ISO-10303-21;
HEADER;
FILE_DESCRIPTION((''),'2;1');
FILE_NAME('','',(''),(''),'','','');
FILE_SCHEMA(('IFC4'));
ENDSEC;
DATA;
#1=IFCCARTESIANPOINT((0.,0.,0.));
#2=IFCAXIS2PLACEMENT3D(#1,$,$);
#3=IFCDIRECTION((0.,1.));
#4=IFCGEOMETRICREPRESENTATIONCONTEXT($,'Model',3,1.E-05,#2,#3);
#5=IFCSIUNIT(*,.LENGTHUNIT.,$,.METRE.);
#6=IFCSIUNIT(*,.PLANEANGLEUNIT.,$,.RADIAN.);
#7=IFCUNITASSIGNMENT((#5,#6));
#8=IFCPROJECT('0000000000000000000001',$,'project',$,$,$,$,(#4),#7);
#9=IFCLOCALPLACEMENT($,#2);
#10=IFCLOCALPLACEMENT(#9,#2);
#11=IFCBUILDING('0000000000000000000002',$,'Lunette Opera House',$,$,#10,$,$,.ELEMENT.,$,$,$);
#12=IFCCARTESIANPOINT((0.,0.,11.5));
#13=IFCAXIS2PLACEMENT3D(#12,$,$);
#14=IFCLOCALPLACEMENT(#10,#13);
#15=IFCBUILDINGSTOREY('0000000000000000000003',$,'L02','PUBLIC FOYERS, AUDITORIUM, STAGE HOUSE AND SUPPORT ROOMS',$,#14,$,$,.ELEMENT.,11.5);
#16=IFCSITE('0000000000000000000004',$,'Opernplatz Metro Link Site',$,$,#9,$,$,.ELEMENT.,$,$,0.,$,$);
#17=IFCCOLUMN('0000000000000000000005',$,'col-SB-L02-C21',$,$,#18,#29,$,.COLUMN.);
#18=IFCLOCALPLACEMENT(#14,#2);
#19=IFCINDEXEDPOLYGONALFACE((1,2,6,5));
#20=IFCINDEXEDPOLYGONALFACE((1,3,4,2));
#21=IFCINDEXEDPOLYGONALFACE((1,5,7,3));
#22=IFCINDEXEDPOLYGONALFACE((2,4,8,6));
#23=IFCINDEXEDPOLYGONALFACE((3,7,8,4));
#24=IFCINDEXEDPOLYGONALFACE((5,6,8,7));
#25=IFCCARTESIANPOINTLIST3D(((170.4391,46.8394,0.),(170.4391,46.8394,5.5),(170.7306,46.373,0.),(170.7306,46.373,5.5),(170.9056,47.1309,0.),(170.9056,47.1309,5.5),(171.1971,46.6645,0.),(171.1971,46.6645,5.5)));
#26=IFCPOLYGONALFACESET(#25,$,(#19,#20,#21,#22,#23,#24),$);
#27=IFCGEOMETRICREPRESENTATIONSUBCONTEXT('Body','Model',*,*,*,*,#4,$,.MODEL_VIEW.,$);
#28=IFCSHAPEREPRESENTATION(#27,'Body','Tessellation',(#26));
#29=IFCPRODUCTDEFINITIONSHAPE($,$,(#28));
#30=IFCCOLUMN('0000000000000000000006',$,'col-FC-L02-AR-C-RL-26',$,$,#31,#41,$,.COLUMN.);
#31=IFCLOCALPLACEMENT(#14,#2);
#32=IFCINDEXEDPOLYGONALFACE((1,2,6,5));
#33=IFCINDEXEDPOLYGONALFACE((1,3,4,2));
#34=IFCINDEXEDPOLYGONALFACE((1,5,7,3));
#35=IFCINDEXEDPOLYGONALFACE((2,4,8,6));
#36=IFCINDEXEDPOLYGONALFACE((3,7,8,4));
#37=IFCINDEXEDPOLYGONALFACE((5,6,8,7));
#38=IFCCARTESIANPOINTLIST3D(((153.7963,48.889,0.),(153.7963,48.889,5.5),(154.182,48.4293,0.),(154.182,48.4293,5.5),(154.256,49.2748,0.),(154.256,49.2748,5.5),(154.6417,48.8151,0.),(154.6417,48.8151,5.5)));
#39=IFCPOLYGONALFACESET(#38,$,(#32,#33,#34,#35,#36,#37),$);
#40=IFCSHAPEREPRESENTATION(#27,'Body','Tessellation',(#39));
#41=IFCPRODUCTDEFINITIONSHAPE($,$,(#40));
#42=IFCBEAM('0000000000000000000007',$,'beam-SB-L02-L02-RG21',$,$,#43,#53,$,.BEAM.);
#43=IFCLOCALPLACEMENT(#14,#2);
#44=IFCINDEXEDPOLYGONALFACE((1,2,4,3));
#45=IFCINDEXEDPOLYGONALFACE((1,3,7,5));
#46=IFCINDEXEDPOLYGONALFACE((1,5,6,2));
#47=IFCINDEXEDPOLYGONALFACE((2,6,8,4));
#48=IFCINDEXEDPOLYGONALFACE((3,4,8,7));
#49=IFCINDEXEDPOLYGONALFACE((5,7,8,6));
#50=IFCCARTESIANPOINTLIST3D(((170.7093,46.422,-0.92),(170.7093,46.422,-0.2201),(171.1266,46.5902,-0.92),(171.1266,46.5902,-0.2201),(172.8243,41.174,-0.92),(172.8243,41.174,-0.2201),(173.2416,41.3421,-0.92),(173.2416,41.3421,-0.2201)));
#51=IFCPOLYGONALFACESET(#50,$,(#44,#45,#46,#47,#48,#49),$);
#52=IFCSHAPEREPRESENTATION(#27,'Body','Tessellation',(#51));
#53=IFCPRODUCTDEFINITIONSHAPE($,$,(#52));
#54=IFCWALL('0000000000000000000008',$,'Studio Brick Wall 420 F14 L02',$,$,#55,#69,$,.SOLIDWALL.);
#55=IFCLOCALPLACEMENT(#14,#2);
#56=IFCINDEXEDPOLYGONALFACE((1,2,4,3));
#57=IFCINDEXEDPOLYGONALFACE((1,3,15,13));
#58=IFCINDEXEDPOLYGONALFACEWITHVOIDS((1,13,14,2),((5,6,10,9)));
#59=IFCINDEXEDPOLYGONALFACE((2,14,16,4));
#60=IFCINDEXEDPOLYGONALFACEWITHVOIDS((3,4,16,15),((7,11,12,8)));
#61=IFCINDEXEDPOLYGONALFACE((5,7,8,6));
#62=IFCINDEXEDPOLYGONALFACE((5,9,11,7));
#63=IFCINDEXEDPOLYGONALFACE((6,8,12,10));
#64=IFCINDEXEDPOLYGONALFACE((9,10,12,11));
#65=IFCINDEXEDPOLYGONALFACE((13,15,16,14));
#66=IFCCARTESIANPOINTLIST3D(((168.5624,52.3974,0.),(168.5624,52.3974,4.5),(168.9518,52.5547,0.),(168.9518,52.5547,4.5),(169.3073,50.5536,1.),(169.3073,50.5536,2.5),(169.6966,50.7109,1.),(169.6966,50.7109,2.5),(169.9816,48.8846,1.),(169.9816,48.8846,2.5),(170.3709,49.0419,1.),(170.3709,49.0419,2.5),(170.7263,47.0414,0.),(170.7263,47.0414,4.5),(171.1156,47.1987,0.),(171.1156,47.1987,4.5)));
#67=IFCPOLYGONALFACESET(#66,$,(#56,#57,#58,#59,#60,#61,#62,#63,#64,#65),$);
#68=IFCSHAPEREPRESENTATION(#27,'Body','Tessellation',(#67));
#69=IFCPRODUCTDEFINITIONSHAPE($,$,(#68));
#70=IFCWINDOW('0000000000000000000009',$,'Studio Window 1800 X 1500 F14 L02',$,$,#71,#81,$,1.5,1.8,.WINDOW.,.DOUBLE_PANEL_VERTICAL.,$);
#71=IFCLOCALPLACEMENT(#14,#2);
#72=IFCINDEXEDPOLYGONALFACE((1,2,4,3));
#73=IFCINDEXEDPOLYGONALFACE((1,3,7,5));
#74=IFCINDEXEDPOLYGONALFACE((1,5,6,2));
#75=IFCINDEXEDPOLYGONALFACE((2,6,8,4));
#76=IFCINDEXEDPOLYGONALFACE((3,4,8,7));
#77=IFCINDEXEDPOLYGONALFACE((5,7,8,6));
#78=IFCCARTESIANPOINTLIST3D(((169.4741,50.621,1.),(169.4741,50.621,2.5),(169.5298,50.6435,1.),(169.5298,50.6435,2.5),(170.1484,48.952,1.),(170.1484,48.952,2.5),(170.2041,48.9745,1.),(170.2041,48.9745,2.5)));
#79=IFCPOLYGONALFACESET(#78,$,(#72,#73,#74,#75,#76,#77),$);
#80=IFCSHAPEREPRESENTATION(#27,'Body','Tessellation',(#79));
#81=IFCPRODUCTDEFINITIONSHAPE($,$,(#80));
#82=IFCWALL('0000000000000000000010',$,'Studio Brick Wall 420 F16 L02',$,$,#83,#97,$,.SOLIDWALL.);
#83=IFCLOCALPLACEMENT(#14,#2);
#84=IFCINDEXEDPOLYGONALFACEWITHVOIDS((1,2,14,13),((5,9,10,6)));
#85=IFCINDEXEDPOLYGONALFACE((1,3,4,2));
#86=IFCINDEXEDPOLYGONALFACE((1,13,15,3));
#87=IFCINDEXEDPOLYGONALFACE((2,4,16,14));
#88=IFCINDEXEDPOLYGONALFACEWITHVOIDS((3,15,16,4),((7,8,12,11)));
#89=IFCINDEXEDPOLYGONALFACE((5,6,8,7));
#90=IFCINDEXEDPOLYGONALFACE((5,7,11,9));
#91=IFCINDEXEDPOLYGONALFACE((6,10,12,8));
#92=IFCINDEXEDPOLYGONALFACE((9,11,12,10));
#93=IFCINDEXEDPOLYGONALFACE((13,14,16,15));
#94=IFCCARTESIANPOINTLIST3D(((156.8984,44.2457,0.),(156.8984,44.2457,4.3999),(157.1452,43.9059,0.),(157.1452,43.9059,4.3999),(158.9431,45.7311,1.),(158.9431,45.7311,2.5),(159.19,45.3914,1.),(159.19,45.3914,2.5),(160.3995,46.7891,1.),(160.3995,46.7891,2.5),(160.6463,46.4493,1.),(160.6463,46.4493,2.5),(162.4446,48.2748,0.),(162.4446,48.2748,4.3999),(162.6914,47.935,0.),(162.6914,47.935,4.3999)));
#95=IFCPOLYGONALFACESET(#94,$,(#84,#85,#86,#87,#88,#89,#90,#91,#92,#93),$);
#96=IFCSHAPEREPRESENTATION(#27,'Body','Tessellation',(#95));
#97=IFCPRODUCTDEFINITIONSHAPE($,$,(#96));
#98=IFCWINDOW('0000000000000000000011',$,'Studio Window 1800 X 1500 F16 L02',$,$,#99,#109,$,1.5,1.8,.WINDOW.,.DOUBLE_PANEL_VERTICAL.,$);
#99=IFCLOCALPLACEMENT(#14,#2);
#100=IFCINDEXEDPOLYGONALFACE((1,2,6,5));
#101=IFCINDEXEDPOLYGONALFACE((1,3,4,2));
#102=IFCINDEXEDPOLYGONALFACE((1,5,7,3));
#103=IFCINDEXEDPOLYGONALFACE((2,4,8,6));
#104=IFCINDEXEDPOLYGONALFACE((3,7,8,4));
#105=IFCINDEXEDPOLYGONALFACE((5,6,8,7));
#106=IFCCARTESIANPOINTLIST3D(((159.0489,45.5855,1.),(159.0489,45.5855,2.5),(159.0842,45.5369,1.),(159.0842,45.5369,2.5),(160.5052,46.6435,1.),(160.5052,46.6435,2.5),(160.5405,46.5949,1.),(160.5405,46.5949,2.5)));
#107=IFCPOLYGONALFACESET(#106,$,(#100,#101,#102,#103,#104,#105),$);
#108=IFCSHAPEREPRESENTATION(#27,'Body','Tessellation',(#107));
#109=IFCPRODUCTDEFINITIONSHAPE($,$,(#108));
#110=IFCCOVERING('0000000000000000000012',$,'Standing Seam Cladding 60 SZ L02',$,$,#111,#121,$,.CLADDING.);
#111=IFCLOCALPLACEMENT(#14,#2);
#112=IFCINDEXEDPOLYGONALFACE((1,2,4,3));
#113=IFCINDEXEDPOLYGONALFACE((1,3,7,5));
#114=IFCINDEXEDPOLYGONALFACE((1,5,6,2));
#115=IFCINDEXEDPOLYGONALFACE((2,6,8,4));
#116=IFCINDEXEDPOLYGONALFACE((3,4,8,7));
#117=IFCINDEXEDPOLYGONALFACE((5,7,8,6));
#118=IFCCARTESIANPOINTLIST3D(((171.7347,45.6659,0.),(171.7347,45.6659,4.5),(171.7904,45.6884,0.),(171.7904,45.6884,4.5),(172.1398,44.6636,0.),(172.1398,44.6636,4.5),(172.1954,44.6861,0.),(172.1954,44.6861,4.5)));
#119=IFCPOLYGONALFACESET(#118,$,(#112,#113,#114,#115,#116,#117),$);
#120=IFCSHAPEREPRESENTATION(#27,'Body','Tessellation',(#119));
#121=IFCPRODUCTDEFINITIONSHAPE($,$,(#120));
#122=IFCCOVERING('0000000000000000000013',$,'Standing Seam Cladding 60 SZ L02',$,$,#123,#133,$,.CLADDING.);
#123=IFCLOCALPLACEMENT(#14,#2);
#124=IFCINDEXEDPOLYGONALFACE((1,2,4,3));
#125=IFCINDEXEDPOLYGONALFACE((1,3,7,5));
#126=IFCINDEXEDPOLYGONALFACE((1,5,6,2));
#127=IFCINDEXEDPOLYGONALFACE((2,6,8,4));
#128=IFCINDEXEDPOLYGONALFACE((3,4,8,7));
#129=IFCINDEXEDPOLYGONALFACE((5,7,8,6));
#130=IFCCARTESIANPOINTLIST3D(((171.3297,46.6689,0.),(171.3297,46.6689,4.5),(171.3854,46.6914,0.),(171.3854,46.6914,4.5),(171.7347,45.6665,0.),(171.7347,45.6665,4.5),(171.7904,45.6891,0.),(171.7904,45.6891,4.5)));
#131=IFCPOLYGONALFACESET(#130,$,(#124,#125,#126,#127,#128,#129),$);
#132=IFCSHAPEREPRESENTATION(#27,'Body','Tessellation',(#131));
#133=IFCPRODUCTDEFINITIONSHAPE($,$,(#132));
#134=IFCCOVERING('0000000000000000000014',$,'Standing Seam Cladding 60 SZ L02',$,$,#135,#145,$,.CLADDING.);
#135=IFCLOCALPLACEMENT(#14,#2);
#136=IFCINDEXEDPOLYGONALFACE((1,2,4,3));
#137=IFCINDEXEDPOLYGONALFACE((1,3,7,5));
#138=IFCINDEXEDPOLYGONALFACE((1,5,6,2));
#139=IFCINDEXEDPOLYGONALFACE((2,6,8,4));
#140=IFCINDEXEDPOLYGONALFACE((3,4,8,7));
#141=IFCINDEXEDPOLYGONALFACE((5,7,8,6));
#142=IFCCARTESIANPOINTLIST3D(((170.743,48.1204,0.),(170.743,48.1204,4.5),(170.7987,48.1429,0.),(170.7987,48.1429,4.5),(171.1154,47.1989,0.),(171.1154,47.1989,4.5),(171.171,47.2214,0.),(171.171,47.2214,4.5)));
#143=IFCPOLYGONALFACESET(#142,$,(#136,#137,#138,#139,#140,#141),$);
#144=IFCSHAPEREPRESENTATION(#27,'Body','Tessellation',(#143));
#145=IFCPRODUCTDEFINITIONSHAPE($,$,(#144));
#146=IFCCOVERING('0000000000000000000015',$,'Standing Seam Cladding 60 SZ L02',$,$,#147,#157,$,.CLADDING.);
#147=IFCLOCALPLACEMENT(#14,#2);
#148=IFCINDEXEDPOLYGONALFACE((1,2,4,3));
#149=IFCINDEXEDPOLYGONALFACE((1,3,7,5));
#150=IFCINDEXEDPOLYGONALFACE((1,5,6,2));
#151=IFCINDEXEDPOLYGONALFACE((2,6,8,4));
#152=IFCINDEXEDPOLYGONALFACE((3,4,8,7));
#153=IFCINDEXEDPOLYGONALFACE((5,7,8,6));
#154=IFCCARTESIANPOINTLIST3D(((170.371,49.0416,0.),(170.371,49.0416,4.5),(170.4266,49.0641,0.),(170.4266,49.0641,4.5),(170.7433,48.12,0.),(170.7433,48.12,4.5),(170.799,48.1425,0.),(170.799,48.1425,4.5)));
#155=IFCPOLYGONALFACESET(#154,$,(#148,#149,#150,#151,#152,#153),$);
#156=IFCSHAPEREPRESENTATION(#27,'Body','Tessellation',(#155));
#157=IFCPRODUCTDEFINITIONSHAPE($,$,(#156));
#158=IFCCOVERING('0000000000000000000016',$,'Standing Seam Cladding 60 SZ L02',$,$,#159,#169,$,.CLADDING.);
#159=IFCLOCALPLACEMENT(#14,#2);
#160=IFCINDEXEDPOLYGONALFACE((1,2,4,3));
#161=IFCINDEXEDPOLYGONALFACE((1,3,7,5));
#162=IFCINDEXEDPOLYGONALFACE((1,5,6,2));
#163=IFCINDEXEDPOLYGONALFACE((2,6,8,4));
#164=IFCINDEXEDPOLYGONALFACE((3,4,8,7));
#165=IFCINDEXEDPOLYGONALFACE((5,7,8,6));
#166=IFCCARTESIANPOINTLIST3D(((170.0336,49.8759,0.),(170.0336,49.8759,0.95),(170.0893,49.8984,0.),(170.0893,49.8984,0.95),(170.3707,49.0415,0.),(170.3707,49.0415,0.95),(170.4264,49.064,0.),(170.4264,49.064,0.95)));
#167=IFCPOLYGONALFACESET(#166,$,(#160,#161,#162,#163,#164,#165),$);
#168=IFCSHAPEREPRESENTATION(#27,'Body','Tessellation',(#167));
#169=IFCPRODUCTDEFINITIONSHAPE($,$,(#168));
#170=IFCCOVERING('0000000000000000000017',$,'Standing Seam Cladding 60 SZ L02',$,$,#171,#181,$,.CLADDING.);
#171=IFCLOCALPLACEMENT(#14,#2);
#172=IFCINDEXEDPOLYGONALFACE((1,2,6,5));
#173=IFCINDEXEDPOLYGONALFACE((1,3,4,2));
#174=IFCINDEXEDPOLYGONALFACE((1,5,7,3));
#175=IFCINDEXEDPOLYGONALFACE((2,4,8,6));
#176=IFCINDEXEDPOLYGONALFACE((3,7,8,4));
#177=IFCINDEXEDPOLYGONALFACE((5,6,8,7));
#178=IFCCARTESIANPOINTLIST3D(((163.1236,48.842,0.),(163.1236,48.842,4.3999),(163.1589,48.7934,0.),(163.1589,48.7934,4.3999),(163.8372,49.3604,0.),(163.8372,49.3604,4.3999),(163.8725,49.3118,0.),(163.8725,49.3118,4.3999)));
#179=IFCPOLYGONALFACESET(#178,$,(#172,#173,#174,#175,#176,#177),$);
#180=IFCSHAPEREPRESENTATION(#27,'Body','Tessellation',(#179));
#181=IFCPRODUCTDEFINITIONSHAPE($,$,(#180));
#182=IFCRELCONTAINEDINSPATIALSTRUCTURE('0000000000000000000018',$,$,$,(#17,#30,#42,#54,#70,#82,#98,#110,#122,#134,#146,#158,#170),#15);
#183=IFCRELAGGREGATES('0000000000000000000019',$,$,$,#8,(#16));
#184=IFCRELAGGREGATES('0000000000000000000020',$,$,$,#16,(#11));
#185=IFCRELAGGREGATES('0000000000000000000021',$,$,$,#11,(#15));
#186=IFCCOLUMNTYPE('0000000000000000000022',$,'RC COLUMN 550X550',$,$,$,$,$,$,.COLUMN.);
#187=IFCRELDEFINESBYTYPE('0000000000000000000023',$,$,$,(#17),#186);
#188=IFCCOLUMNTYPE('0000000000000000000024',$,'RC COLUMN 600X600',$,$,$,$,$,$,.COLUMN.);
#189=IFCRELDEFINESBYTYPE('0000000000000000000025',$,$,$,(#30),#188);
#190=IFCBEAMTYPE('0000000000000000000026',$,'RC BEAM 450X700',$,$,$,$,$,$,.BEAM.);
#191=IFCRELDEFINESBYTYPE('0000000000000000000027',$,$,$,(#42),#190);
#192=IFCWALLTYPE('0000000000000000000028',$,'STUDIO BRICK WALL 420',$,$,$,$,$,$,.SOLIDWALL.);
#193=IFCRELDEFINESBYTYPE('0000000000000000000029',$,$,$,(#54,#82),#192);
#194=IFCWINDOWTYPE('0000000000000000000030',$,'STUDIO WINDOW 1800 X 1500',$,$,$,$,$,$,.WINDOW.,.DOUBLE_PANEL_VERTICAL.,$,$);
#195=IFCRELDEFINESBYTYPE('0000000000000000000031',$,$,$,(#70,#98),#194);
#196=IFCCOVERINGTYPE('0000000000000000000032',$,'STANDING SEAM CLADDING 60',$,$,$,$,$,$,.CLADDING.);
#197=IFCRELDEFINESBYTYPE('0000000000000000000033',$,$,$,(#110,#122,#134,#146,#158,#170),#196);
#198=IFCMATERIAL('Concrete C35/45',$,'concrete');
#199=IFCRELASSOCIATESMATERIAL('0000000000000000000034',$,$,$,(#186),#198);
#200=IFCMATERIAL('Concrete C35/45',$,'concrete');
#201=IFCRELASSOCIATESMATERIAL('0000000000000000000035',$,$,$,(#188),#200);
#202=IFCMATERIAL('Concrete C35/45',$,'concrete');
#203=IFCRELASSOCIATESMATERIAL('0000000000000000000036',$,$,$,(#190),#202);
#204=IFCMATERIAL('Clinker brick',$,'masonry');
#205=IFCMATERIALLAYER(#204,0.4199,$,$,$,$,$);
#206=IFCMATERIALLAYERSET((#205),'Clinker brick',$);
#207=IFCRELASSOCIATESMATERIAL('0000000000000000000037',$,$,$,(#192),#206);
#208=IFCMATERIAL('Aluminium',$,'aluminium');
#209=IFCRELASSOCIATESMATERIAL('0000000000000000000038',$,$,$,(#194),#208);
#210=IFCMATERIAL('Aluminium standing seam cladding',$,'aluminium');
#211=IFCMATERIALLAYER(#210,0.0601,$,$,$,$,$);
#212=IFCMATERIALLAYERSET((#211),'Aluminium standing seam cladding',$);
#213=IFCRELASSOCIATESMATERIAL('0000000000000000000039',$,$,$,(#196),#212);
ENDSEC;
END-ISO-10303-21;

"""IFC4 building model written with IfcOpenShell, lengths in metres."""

from ifc_helpers import new_model, si_unit, direction, frame, frame_2d, origin, origin_2d, place, context, subcontext, project, spatial, rectangle, extrude, material, layer, layer_set, material_profile, profile_set, type_object, element, fill, save


model = new_model("IFC4")

# Units and contexts
model_context = context("Model", 3, precision=1e-05, world=origin(), true_north=direction((0.0, 1.0)))
body_context = subcontext(model_context, "Body", "Model", "MODEL_VIEW")
ifc_project = project(units=[si_unit("LENGTHUNIT", "METRE"), si_unit("PLANEANGLEUNIT", "RADIAN")], contexts=[model_context])

# Site, building, storey
site_placement = place(None, origin())
site = spatial("IfcSite", under=ifc_project, at=site_placement, Name="Opernplatz Metro Link Site", CompositionType="ELEMENT", RefElevation=0.0)
building_placement = place(site_placement, origin())
building = spatial("IfcBuilding", under=site, at=building_placement, Name="Lunette Opera House", CompositionType="ELEMENT")
storey_placement = place(building_placement, frame((0.0, 0.0, 11.5)))
storey = spatial("IfcBuildingStorey", under=building, at=storey_placement, Name="L02", Description="PUBLIC FOYERS, AUDITORIUM, STAGE HOUSE AND SUPPORT ROOMS", CompositionType="ELEMENT", Elevation=11.5)

# Columns
ifc_material_1 = material(Name="Concrete C35/45", Category="concrete")
ifc_material_profile_1 = material_profile(ifc_material_1, rectangle(XDim=0.55, YDim=0.55, at=origin_2d()), Name="RC COLUMN 550X550")
ifc_profile_set_1 = profile_set([ifc_material_profile_1], Name="Concrete C35/45")
column_type_1 = type_object("IfcColumnType", Name="RC COLUMN 550X550", PredefinedType="COLUMN", material=ifc_profile_set_1)
column_1_placement = place(storey_placement, frame((170.8181, 46.752, 0.0), z_axis=(0.0, 0.0, 1.0), x_axis=(0.529919, -0.848048, 0.0)))
element("IfcColumn", 1, at=column_1_placement, inside=storey, type_object=column_type_1, Name="col-SB-L02-C21", PredefinedType="COLUMN", context=body_context, shape_type="SweptSolid", body=[
    extrude(rectangle(XDim=0.55, YDim=0.55, at=origin_2d()), origin(), (0.0, 0.0, 1.0), 5.5),
])
ifc_material_2 = material(Name="Concrete C35/45", Category="concrete")
ifc_material_profile_2 = material_profile(ifc_material_2, rectangle(XDim=0.6001, YDim=0.6001, at=origin_2d()), Name="RC COLUMN 600X600")
ifc_profile_set_2 = profile_set([ifc_material_profile_2], Name="Concrete C35/45")
column_type_2 = type_object("IfcColumnType", Name="RC COLUMN 600X600", PredefinedType="COLUMN", material=ifc_profile_set_2)
column_2_placement = place(storey_placement, frame((154.219, 48.8521, 0.0), z_axis=(0.0, 0.0, 1.0), x_axis=(0.642788, -0.766044, 0.0)))
element("IfcColumn", 2, at=column_2_placement, inside=storey, type_object=column_type_2, Name="col-FC-L02-AR-C-RL-26", PredefinedType="COLUMN", context=body_context, shape_type="SweptSolid", body=[
    extrude(rectangle(XDim=0.6001, YDim=0.6001, at=origin_2d()), origin(), (0.0, 0.0, 1.0), 5.5),
])

# Beam
ifc_material_3 = material(Name="Concrete C35/45", Category="concrete")
ifc_material_profile_3 = material_profile(ifc_material_3, rectangle(XDim=0.45, YDim=0.7, at=origin_2d()), Name="RC BEAM 450X700")
ifc_profile_set_3 = profile_set([ifc_material_profile_3], Name="Concrete C35/45")
beam_type = type_object("IfcBeamType", Name="RC BEAM 450X700", PredefinedType="BEAM", material=ifc_profile_set_3)
beam_placement = place(storey_placement, frame((170.918, 46.5061, -0.5701), z_axis=(0.373792, -0.927512, 0.0), x_axis=(0.927512, 0.373792, 0.0)))
element("IfcBeam", 3, at=beam_placement, inside=storey, type_object=beam_type, Name="beam-SB-L02-L02-RG21", PredefinedType="BEAM", context=body_context, shape_type="SweptSolid", body=[
    extrude(rectangle(XDim=0.45, YDim=0.7, at=origin_2d()), origin(), (0.0, 0.0, 1.0), 5.6582),
])

# Walls, openings, windows
ifc_material_4 = material(Name="Clinker brick", Category="masonry")
ifc_layer_1 = layer(ifc_material_4, 0.4199)
ifc_layer_set_1 = layer_set([ifc_layer_1], Name="Clinker brick")
wall_type = type_object("IfcWallType", Name="STUDIO BRICK WALL 420", PredefinedType="SOLIDWALL", material=ifc_layer_set_1)
wall_1_placement = place(storey_placement, frame((170.9209, 47.1201, 0.0), z_axis=(0.0, 0.0, 1.0), x_axis=(-0.374587, 0.927192, 0.0)))
wall_1 = element("IfcWall", 4, at=wall_1_placement, inside=storey, type_object=wall_type, Name="Studio Brick Wall 420 F14 L02", PredefinedType="SOLIDWALL", context=body_context, shape_type="SweptSolid", body=[
    extrude(rectangle(XDim=5.7766, YDim=0.4199, at=frame_2d((2.8882, 0.0))), origin(), (0.0, 0.0, 1.0), 4.5),
])
opening_1_placement = place(wall_1_placement, frame((1.988, 0.0, 1.0)))
opening_1 = element("IfcOpeningElement", 5, at=opening_1_placement, cuts=wall_1, PredefinedType="OPENING", context=body_context, shape_type="SweptSolid", body=[
    extrude(rectangle(XDim=1.8, YDim=1.5, at=frame_2d((0.8999, 0.75))), frame((0.0, 0.2219, 0.0), z_axis=(0.0, -1.0, 0.0), x_axis=(1.0, 0.0, 0.0)), (0.0, 0.0, 1.0), 0.4438),
])
ifc_material_5 = material(Name="Aluminium", Category="aluminium")
window_type = type_object("IfcWindowType", Name="STUDIO WINDOW 1800 X 1500", PartitioningType="DOUBLE_PANEL_VERTICAL", PredefinedType="WINDOW", material=ifc_material_5)
window_1_placement = place(opening_1_placement, origin())
window_1 = element("IfcWindow", 6, at=window_1_placement, inside=storey, type_object=window_type, Name="Studio Window 1800 X 1500 F14 L02", OverallHeight=1.5, OverallWidth=1.8, PartitioningType="DOUBLE_PANEL_VERTICAL", PredefinedType="WINDOW", context=body_context, shape_type="SweptSolid", body=[
    extrude(rectangle(XDim=1.8, YDim=1.5, at=frame_2d((0.8999, 0.75))), frame((0.0, 0.03, 0.0), z_axis=(0.0, -1.0, 0.0), x_axis=(1.0, 0.0, 0.0)), (0.0, 0.0, 1.0), 0.0601),
])
fill(opening_1, window_1)
wall_2_placement = place(storey_placement, frame((162.5681, 48.105, 0.0), z_axis=(0.0, 0.0, 1.0), x_axis=(-0.809049, -0.587742, 0.0)))
wall_2 = element("IfcWall", 7, at=wall_2_placement, inside=storey, type_object=wall_type, Name="Studio Brick Wall 420 F16 L02", PredefinedType="SOLIDWALL", context=body_context, shape_type="SweptSolid", body=[
    extrude(rectangle(XDim=6.8552, YDim=0.4199, at=frame_2d((3.4277, 0.0))), origin(), (0.0, 0.0, 1.0), 4.3999),
])
opening_2_placement = place(wall_2_placement, frame((2.5281, 0.0, 1.0)))
opening_2 = element("IfcOpeningElement", 8, at=opening_2_placement, cuts=wall_2, PredefinedType="OPENING", context=body_context, shape_type="SweptSolid", body=[
    extrude(rectangle(XDim=1.8, YDim=1.5, at=frame_2d((0.8999, 0.75))), frame((0.0, 0.2219, 0.0), z_axis=(0.0, -1.0, 0.0), x_axis=(1.0, 0.0, 0.0)), (0.0, 0.0, 1.0), 0.4438),
])
window_2_placement = place(opening_2_placement, origin())
window_2 = element("IfcWindow", 9, at=window_2_placement, inside=storey, type_object=window_type, Name="Studio Window 1800 X 1500 F16 L02", OverallHeight=1.5, OverallWidth=1.8, PartitioningType="DOUBLE_PANEL_VERTICAL", PredefinedType="WINDOW", context=body_context, shape_type="SweptSolid", body=[
    extrude(rectangle(XDim=1.8, YDim=1.5, at=frame_2d((0.8999, 0.75))), frame((0.0, 0.03, 0.0), z_axis=(0.0, -1.0, 0.0), x_axis=(1.0, 0.0, 0.0)), (0.0, 0.0, 1.0), 0.0601),
])
fill(opening_2, window_2)

# Coverings
ifc_material_6 = material(Name="Aluminium standing seam cladding", Category="aluminium")
ifc_layer_2 = layer(ifc_material_6, 0.0601)
ifc_layer_set_2 = layer_set([ifc_layer_2], Name="Aluminium standing seam cladding")
covering_type = type_object("IfcCoveringType", Name="STANDING SEAM CLADDING 60", PredefinedType="CLADDING", material=ifc_layer_set_2)
for number, where, z_axis, x_axis, name in (
    (10, (171.9651, 45.176, 0.0), (0.0, 0.0, 1.0), (-0.374671, 0.927158, 0.0), "Standing Seam Cladding 60 SZ L02"),
    (11, (171.5601, 46.179, 0.0), (0.0, 0.0, 1.0), (-0.374671, 0.927158, 0.0), "Standing Seam Cladding 60 SZ L02"),
):
    element("IfcCovering", number, at=place(storey_placement, frame(where, z_axis=z_axis, x_axis=x_axis)), inside=storey, type_object=covering_type, Name=name, PredefinedType="CLADDING", context=body_context, shape_type="SweptSolid", body=[
        extrude(rectangle(XDim=1.0811, YDim=0.0601, at=origin_2d()), origin(), (0.0, 0.0, 1.0), 4.5),
    ])
for number, where, z_axis, x_axis, name in (
    (12, (170.957, 47.6709, 0.0), (0.0, 0.0, 1.0), (-0.374611, 0.927182, 0.0), "Standing Seam Cladding 60 SZ L02"),
    (13, (170.585, 48.592, 0.0), (0.0, 0.0, 1.0), (-0.374611, 0.927182, 0.0), "Standing Seam Cladding 60 SZ L02"),
):
    element("IfcCovering", number, at=place(storey_placement, frame(where, z_axis=z_axis, x_axis=x_axis)), inside=storey, type_object=covering_type, Name=name, PredefinedType="CLADDING", context=body_context, shape_type="SweptSolid", body=[
        extrude(rectangle(XDim=0.9939, YDim=0.0601, at=origin_2d()), origin(), (0.0, 0.0, 1.0), 4.5),
    ])
covering_1_placement = place(storey_placement, frame((170.23, 49.47, 0.0), z_axis=(0.0, 0.0, 1.0), x_axis=(-0.374611, 0.927182, 0.0)))
element("IfcCovering", 14, at=covering_1_placement, inside=storey, type_object=covering_type, Name="Standing Seam Cladding 60 SZ L02", PredefinedType="CLADDING", context=body_context, shape_type="SweptSolid", body=[
    extrude(rectangle(XDim=0.8999, YDim=0.0601, at=origin_2d()), origin(), (0.0, 0.0, 1.0), 0.95),
])
for number, where, z_axis, x_axis, name in (
    (15, (163.498, 49.0769, 0.0), (0.0, 0.0, 1.0), (-0.809041, -0.587753, 0.0), "Standing Seam Cladding 60 SZ L02"),
):
    element("IfcCovering", number, at=place(storey_placement, frame(where, z_axis=z_axis, x_axis=x_axis)), inside=storey, type_object=covering_type, Name=name, PredefinedType="CLADDING", context=body_context, shape_type="SweptSolid", body=[
        extrude(rectangle(XDim=0.8821, YDim=0.0601, at=origin_2d()), origin(), (0.0, 0.0, 1.0), 4.3999),
    ])

save(model, "model.ifc")
